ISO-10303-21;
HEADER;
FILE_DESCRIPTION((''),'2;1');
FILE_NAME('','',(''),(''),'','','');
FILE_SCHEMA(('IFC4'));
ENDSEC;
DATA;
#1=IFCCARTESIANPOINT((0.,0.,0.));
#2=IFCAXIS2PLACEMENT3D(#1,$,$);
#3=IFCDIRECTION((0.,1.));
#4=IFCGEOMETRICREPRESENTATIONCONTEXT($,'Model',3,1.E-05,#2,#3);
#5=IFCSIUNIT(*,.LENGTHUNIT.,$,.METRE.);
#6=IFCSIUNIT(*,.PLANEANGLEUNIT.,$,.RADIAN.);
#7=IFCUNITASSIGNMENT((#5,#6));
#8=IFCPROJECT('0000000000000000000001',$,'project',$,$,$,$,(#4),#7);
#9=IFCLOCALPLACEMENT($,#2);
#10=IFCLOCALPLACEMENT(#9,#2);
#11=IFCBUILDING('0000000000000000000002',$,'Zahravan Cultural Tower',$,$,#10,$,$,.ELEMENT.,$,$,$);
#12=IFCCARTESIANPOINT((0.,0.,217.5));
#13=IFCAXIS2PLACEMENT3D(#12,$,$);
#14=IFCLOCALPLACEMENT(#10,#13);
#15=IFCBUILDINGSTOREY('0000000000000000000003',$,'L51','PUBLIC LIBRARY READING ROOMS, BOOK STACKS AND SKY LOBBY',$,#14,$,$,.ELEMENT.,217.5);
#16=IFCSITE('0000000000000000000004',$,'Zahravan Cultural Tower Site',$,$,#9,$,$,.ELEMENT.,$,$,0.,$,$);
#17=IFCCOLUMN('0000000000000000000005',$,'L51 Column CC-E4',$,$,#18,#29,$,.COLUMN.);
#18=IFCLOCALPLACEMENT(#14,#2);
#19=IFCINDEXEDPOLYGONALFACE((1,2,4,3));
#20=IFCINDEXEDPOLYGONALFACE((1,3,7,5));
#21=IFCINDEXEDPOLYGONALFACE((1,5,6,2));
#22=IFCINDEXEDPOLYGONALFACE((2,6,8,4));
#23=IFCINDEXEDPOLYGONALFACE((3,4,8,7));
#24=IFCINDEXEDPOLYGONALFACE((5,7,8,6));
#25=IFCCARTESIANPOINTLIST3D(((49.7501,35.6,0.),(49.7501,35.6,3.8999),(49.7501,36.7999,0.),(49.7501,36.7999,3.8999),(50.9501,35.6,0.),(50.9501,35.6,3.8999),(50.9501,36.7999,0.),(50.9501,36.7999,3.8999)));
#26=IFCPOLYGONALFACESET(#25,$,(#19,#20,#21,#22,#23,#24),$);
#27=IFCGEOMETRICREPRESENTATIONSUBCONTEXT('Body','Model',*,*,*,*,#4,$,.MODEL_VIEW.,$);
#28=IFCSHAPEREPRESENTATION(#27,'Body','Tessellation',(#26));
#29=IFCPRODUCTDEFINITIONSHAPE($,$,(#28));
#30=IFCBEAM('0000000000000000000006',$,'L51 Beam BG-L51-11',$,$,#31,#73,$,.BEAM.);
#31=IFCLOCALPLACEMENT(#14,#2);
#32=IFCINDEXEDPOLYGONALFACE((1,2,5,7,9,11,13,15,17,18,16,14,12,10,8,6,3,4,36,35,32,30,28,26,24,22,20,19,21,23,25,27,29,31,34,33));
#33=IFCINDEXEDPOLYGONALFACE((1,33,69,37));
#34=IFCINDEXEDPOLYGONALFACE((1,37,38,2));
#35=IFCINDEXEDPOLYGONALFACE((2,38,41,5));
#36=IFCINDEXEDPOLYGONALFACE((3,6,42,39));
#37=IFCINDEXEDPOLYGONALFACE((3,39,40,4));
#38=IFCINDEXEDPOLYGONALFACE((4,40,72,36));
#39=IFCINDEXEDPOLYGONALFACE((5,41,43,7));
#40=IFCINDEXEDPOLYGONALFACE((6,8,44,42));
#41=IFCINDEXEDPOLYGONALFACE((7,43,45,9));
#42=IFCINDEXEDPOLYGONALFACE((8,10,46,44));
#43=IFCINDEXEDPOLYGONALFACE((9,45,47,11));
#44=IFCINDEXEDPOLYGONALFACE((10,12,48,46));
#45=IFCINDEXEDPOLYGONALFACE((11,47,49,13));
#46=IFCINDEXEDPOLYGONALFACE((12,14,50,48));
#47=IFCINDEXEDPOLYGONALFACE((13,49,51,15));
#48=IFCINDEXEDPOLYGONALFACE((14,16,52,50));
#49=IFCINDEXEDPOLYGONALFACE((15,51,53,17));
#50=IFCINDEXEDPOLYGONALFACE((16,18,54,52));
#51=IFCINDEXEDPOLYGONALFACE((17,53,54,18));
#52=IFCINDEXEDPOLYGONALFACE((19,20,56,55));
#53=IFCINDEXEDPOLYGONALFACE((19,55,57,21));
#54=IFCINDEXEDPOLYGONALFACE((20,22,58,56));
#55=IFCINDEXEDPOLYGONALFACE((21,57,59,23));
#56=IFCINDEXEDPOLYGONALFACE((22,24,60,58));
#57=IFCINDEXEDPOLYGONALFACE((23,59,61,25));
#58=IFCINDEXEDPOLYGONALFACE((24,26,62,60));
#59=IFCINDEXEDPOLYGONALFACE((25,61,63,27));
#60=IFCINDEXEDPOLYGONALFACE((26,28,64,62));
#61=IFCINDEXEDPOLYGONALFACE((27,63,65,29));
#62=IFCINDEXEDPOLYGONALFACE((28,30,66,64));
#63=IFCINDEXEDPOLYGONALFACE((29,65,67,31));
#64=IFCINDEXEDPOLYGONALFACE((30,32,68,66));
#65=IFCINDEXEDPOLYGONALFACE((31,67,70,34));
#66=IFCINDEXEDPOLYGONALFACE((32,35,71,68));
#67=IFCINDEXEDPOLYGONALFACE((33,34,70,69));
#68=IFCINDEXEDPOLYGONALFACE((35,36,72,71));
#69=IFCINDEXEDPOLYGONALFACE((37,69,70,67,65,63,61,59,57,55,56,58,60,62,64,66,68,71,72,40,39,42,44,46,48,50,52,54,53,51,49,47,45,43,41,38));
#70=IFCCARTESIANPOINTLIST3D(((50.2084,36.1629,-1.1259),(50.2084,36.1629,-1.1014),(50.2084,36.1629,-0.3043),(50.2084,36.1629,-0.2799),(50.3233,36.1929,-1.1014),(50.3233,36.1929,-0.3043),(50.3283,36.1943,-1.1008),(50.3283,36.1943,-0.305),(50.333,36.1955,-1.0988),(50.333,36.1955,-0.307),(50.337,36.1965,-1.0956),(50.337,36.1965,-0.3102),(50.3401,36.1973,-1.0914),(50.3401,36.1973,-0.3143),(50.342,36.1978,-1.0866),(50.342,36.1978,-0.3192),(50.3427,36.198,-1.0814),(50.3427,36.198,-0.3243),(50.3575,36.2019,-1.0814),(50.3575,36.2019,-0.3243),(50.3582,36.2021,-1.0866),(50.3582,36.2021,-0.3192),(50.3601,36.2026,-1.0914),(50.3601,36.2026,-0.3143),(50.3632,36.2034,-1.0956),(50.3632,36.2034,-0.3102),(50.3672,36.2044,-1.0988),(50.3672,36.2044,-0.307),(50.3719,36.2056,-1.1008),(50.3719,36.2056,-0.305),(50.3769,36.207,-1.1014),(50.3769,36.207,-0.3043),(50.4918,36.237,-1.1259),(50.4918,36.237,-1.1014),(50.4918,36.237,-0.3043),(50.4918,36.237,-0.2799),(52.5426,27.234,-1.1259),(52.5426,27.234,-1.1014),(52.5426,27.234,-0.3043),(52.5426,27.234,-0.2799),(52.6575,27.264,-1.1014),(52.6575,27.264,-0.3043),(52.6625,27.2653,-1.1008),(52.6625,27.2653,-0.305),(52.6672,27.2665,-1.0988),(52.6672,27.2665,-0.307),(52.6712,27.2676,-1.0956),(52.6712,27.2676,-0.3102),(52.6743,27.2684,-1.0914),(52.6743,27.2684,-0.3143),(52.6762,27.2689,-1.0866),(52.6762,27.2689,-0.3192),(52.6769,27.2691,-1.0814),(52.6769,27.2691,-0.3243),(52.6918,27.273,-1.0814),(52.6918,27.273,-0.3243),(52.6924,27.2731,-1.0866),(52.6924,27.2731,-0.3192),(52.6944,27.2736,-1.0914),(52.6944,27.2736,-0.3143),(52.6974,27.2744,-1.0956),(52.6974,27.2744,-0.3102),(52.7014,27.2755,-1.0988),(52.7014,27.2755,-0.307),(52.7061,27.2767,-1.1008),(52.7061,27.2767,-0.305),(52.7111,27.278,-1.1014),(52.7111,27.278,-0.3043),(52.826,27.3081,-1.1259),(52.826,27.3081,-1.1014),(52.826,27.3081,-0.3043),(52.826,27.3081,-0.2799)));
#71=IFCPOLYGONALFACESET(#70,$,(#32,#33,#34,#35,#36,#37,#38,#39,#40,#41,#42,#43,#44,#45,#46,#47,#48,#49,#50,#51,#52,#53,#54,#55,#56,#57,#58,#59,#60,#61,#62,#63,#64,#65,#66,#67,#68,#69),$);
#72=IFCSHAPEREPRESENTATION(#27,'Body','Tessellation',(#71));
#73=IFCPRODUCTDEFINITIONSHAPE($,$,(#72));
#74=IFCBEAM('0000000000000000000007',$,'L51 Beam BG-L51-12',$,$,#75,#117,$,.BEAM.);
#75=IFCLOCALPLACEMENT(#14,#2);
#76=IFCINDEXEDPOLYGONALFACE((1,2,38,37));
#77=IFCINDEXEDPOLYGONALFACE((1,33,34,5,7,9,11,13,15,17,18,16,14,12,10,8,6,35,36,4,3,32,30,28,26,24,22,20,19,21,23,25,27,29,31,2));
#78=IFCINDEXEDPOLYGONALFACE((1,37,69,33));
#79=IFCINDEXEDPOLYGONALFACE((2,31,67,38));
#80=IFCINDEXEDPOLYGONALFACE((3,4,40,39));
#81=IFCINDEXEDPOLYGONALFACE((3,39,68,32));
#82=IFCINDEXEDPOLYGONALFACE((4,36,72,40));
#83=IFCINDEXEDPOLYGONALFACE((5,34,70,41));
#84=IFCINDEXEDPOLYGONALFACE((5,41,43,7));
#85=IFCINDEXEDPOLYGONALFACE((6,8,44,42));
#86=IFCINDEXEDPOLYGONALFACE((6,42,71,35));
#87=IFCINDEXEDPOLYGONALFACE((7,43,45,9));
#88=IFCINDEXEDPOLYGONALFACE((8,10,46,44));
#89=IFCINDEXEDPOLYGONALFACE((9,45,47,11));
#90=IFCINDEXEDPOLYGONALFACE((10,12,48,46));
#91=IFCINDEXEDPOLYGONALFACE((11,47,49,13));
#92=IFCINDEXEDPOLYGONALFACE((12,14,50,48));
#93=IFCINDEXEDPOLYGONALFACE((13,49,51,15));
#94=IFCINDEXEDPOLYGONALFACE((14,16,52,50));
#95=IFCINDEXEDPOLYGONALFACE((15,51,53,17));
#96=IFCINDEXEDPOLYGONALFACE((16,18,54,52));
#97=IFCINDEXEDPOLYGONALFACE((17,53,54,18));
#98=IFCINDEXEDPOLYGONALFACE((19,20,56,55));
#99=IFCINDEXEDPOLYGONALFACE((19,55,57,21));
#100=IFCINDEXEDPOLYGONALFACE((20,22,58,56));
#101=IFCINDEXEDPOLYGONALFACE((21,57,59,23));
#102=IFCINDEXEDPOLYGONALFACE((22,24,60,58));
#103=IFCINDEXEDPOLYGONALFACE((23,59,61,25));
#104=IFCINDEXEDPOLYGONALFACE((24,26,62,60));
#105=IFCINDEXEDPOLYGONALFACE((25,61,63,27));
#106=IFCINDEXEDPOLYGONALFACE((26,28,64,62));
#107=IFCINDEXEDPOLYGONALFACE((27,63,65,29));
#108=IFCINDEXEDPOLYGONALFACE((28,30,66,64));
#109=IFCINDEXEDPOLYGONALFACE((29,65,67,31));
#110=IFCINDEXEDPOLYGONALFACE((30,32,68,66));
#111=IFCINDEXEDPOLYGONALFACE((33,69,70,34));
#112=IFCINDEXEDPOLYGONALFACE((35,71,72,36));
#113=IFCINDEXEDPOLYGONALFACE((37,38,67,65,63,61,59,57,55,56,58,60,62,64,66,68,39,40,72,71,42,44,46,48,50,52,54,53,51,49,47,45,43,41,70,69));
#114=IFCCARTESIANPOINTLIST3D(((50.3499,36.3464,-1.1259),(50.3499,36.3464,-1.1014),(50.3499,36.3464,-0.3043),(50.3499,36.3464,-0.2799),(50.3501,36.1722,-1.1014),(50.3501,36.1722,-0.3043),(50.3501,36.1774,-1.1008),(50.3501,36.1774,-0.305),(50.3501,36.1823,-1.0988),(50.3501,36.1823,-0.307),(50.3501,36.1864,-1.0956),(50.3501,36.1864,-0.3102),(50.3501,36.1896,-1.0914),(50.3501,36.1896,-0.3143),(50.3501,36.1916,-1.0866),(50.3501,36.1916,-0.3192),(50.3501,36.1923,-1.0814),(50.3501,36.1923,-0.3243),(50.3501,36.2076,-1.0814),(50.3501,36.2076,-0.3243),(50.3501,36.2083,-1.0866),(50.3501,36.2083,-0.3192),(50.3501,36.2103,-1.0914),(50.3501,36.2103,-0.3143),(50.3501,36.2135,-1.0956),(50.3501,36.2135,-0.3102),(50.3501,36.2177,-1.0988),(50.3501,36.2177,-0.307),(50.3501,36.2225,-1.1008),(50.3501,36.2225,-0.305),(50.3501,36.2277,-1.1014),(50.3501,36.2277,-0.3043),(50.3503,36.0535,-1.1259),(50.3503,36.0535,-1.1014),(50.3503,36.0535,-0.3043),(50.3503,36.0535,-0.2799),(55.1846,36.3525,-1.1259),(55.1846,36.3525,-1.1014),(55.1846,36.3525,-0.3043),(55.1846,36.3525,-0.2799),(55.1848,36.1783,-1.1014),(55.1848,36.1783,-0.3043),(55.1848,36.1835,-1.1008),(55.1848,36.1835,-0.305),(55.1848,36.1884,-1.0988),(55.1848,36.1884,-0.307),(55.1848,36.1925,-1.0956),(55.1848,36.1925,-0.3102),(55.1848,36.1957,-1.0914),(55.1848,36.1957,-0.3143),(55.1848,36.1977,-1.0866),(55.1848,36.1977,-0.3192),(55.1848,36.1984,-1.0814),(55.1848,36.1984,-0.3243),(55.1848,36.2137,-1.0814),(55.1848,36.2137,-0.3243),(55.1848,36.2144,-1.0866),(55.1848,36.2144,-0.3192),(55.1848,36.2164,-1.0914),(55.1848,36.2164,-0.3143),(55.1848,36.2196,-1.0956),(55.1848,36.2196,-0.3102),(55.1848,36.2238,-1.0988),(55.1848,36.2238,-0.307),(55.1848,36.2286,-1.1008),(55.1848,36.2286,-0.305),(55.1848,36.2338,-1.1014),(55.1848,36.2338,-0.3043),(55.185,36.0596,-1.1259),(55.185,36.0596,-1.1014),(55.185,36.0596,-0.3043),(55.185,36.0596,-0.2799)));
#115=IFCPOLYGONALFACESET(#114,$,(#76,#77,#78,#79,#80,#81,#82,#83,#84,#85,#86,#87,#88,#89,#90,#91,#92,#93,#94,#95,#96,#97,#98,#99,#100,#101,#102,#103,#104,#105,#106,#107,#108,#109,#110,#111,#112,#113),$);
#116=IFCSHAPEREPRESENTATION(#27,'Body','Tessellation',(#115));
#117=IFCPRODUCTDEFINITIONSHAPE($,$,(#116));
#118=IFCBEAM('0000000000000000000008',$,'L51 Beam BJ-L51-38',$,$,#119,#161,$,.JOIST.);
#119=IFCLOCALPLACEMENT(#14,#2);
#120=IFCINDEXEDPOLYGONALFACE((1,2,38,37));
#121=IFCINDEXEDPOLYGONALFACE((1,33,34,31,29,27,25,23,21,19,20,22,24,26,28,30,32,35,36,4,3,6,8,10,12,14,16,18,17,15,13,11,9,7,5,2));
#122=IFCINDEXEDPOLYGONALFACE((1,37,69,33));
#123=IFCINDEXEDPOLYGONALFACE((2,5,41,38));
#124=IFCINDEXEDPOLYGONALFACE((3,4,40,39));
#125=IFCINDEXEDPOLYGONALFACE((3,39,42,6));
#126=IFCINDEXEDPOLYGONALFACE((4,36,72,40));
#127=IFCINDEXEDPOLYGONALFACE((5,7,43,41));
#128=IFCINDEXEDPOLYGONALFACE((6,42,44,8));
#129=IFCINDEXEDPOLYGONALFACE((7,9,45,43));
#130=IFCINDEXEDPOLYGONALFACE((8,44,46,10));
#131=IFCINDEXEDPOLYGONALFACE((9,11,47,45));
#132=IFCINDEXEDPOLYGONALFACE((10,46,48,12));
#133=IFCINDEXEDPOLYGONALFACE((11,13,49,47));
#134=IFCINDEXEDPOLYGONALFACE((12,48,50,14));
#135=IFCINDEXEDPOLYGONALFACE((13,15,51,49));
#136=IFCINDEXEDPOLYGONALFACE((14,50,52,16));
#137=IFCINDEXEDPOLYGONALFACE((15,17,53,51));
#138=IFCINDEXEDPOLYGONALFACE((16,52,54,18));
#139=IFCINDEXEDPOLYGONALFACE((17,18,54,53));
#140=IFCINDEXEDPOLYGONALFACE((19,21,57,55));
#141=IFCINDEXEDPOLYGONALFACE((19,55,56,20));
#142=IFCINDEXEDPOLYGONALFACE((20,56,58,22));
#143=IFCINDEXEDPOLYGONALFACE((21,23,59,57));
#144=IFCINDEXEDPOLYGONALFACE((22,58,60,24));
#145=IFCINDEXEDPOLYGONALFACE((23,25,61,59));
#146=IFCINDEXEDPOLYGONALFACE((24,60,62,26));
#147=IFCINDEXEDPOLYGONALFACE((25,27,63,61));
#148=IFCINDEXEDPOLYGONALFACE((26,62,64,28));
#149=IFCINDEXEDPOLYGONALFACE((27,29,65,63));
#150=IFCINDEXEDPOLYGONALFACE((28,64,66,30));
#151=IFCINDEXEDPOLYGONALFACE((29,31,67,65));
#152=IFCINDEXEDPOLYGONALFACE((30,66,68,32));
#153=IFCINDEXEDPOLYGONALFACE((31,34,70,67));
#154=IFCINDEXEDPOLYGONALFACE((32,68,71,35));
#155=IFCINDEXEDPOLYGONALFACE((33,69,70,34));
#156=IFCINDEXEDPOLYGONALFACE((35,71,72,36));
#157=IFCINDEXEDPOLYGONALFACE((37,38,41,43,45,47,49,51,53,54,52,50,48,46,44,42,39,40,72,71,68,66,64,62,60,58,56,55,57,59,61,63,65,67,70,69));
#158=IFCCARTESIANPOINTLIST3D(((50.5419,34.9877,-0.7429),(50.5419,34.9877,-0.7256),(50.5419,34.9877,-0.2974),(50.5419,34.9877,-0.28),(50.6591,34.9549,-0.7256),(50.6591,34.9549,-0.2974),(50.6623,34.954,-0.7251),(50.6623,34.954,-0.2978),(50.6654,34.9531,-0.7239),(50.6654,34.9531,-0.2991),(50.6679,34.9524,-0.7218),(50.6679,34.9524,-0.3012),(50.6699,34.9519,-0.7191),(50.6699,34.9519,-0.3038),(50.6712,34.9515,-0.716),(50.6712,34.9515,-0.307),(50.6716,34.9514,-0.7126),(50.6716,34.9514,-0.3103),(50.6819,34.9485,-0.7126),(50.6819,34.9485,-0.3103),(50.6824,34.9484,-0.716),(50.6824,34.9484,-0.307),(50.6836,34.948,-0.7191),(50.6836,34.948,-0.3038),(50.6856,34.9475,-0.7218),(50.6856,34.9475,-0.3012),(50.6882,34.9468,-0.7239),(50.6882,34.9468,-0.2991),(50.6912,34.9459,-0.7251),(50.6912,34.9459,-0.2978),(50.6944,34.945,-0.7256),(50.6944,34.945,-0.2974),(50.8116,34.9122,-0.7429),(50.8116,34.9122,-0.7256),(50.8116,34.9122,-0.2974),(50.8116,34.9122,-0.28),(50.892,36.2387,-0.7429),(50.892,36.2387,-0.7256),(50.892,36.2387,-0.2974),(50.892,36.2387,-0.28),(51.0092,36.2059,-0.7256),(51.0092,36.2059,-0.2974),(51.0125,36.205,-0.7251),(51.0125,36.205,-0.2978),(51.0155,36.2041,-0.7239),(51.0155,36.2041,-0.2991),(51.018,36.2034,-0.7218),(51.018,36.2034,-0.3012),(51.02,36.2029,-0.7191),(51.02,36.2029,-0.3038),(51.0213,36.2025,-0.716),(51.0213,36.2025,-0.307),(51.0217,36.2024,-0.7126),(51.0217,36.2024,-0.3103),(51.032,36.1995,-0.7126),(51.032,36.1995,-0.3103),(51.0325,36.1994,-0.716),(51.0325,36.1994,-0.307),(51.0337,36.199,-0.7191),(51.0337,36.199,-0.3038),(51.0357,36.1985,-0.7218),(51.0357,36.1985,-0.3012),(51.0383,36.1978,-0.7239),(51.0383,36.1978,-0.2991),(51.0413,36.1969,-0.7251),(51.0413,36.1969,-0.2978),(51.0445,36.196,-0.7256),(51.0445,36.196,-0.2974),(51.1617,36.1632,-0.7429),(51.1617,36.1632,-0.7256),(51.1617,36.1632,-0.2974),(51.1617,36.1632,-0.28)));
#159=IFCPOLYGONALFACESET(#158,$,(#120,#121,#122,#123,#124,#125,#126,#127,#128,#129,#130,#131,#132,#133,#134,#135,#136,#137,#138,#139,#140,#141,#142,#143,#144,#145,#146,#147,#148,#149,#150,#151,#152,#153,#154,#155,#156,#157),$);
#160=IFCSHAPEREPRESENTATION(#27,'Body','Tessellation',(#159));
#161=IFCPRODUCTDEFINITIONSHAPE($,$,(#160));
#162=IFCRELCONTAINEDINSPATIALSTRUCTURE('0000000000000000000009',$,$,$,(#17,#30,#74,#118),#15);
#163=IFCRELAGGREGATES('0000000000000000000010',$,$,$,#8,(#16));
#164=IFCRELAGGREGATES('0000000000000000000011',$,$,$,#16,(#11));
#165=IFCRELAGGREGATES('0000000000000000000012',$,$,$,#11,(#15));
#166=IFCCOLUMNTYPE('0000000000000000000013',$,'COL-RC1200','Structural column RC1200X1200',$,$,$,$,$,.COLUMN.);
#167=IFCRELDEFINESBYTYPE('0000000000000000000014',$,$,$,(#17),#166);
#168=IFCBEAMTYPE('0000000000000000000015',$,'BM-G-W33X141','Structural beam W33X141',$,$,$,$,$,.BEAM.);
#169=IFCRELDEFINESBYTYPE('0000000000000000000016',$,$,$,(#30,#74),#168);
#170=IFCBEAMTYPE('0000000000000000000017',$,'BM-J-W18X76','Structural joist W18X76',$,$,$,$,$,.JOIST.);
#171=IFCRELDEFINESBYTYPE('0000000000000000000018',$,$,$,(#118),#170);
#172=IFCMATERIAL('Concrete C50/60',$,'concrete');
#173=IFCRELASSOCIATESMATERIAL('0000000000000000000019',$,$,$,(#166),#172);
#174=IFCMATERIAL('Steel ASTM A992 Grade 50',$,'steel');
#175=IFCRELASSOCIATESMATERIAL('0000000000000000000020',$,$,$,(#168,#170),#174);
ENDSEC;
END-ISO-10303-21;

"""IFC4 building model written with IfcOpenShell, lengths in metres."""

from ifc_helpers import new_model, si_unit, direction, frame, origin, origin_2d, place, context, subcontext, project, spatial, rectangle, i_section, extrude, source, transform, mapped, material, material_profile, profile_set, type_object, element, save


model = new_model("IFC4")

# Units and contexts
model_context = context("Model", 3, precision=1e-05, world=origin(), true_north=direction((0.0, 1.0)))
body_context = subcontext(model_context, "Body", "Model", "MODEL_VIEW")
ifc_project = project(units=[si_unit("LENGTHUNIT", "METRE"), si_unit("PLANEANGLEUNIT", "RADIAN")], contexts=[model_context])

# Site, building, storey
site_placement = place(None, origin())
site = spatial("IfcSite", under=ifc_project, at=site_placement, Name="Zahravan Cultural Tower Site", CompositionType="ELEMENT", RefElevation=0.0)
building_placement = place(site_placement, origin())
building = spatial("IfcBuilding", under=site, at=building_placement, Name="Zahravan Cultural Tower", CompositionType="ELEMENT")
storey_placement = place(building_placement, frame((0.0, 0.0, 217.5)))
storey = spatial("IfcBuildingStorey", under=building, at=storey_placement, Name="L51", Description="PUBLIC LIBRARY READING ROOMS, BOOK STACKS AND SKY LOBBY", CompositionType="ELEMENT", Elevation=217.5)

# Column
ifc_material_1 = material(Name="Concrete C50/60", Category="concrete")
ifc_material_profile_1 = material_profile(ifc_material_1, rectangle(XDim=1.2, YDim=1.2, at=origin_2d()), Name="RC1200X1200")
ifc_profile_set_1 = profile_set([ifc_material_profile_1], Name="Concrete C50/60")
column_type = type_object("IfcColumnType", Name="COL-RC1200", Description="Structural column RC1200X1200", PredefinedType="COLUMN", material=ifc_profile_set_1)
shared_shape_1 = source(origin(), body_context, "Body", "SweptSolid", [
    extrude(rectangle(XDim=1.2, YDim=1.2, at=origin_2d()), origin(), (0.0, 0.0, 1.0), 3.8999),
])
column_placement = place(storey_placement, frame((50.3501, 36.2, 0.0), z_axis=(0.0, 0.0, 1.0), x_axis=(1.0, 0.0, 0.0)))
element("IfcColumn", 1, at=column_placement, inside=storey, type_object=column_type, Name="L51 Column CC-E4", PredefinedType="COLUMN", context=body_context, shape_type="MappedRepresentation", body=[
    mapped(shared_shape_1, transform((0.0, 0.0, 0.0), x_axis=(1.0, 0.0, 0.0), y_axis=(0.0, 1.0, 0.0), z_axis=(0.0, 0.0, 1.0), scale=1.0)),
])

# Beams
ifc_material_2 = material(Name="Steel ASTM A992 Grade 50", Category="steel")
ifc_material_profile_2 = material_profile(ifc_material_2, i_section(OverallWidth=0.293, OverallDepth=0.8459, WebThickness=0.0154, FlangeThickness=0.0244, FilletRadius=0.02, at=origin_2d()), Name="W33X141")
ifc_profile_set_2 = profile_set([ifc_material_profile_2], Name="Steel ASTM A992 Grade 50")
beam_type_1 = type_object("IfcBeamType", Name="BM-G-W33X141", Description="Structural beam W33X141", PredefinedType="BEAM", material=ifc_profile_set_2)
shared_shape_2 = source(origin(), body_context, "Body", "SweptSolid", [
    extrude(i_section(OverallWidth=0.293, OverallDepth=0.8459, WebThickness=0.0154, FlangeThickness=0.0244, FilletRadius=0.02, at=origin_2d()), origin(), (0.0, 0.0, 1.0), 9.229),
])
beam_1_placement = place(storey_placement, frame((50.3501, 36.2, -0.7029), z_axis=(0.252923, -0.967487, 0.0), x_axis=(0.967487, 0.252923, 0.0)))
element("IfcBeam", 2, at=beam_1_placement, inside=storey, type_object=beam_type_1, Name="L51 Beam BG-L51-11", PredefinedType="BEAM", context=body_context, shape_type="MappedRepresentation", body=[
    mapped(shared_shape_2, transform((0.0, 0.0, 0.0), x_axis=(1.0, 0.0, 0.0), y_axis=(0.0, 1.0, 0.0), z_axis=(0.0, 0.0, 1.0), scale=1.0)),
])
shared_shape_3 = source(origin(), body_context, "Body", "SweptSolid", [
    extrude(i_section(OverallWidth=0.293, OverallDepth=0.8459, WebThickness=0.0154, FlangeThickness=0.0244, FilletRadius=0.02, at=origin_2d()), origin(), (0.0, 0.0, 1.0), 4.8347),
])
beam_2_placement = place(storey_placement, frame((50.3501, 36.2, -0.7029), z_axis=(0.999999, 0.001262, 0.0), x_axis=(-0.001262, 0.999999, 0.0)))
element("IfcBeam", 3, at=beam_2_placement, inside=storey, type_object=beam_type_1, Name="L51 Beam BG-L51-12", PredefinedType="BEAM", context=body_context, shape_type="MappedRepresentation", body=[
    mapped(shared_shape_3, transform((0.0, 0.0, 0.0), x_axis=(1.0, 0.0, 0.0), y_axis=(0.0, 1.0, 0.0), z_axis=(0.0, 0.0, 1.0), scale=1.0)),
])
ifc_material_profile_3 = material_profile(ifc_material_2, i_section(OverallWidth=0.28, OverallDepth=0.4629, WebThickness=0.0107, FlangeThickness=0.0173, FilletRadius=0.0129, at=origin_2d()), Name="W18X76")
ifc_profile_set_3 = profile_set([ifc_material_profile_3], Name="Steel ASTM A992 Grade 50")
beam_type_2 = type_object("IfcBeamType", Name="BM-J-W18X76", Description="Structural joist W18X76", PredefinedType="JOIST", material=ifc_profile_set_3)
shared_shape_4 = source(origin(), body_context, "Body", "SweptSolid", [
    extrude(i_section(OverallWidth=0.28, OverallDepth=0.4629, WebThickness=0.0107, FlangeThickness=0.0173, FilletRadius=0.0129, at=origin_2d()), origin(), (0.0, 0.0, 1.0), 1.2991),
])
beam_3_placement = place(storey_placement, frame((50.6768, 34.95, -0.5115), z_axis=(0.269504, 0.962999, 0.0), x_axis=(-0.962999, 0.269504, 0.0)))
element("IfcBeam", 4, at=beam_3_placement, inside=storey, type_object=beam_type_2, Name="L51 Beam BJ-L51-38", PredefinedType="JOIST", context=body_context, shape_type="MappedRepresentation", body=[
    mapped(shared_shape_4, transform((0.0, 0.0, 0.0), x_axis=(1.0, 0.0, 0.0), y_axis=(0.0, 1.0, 0.0), z_axis=(0.0, 0.0, 1.0), scale=1.0)),
])

save(model, "model.ifc")
